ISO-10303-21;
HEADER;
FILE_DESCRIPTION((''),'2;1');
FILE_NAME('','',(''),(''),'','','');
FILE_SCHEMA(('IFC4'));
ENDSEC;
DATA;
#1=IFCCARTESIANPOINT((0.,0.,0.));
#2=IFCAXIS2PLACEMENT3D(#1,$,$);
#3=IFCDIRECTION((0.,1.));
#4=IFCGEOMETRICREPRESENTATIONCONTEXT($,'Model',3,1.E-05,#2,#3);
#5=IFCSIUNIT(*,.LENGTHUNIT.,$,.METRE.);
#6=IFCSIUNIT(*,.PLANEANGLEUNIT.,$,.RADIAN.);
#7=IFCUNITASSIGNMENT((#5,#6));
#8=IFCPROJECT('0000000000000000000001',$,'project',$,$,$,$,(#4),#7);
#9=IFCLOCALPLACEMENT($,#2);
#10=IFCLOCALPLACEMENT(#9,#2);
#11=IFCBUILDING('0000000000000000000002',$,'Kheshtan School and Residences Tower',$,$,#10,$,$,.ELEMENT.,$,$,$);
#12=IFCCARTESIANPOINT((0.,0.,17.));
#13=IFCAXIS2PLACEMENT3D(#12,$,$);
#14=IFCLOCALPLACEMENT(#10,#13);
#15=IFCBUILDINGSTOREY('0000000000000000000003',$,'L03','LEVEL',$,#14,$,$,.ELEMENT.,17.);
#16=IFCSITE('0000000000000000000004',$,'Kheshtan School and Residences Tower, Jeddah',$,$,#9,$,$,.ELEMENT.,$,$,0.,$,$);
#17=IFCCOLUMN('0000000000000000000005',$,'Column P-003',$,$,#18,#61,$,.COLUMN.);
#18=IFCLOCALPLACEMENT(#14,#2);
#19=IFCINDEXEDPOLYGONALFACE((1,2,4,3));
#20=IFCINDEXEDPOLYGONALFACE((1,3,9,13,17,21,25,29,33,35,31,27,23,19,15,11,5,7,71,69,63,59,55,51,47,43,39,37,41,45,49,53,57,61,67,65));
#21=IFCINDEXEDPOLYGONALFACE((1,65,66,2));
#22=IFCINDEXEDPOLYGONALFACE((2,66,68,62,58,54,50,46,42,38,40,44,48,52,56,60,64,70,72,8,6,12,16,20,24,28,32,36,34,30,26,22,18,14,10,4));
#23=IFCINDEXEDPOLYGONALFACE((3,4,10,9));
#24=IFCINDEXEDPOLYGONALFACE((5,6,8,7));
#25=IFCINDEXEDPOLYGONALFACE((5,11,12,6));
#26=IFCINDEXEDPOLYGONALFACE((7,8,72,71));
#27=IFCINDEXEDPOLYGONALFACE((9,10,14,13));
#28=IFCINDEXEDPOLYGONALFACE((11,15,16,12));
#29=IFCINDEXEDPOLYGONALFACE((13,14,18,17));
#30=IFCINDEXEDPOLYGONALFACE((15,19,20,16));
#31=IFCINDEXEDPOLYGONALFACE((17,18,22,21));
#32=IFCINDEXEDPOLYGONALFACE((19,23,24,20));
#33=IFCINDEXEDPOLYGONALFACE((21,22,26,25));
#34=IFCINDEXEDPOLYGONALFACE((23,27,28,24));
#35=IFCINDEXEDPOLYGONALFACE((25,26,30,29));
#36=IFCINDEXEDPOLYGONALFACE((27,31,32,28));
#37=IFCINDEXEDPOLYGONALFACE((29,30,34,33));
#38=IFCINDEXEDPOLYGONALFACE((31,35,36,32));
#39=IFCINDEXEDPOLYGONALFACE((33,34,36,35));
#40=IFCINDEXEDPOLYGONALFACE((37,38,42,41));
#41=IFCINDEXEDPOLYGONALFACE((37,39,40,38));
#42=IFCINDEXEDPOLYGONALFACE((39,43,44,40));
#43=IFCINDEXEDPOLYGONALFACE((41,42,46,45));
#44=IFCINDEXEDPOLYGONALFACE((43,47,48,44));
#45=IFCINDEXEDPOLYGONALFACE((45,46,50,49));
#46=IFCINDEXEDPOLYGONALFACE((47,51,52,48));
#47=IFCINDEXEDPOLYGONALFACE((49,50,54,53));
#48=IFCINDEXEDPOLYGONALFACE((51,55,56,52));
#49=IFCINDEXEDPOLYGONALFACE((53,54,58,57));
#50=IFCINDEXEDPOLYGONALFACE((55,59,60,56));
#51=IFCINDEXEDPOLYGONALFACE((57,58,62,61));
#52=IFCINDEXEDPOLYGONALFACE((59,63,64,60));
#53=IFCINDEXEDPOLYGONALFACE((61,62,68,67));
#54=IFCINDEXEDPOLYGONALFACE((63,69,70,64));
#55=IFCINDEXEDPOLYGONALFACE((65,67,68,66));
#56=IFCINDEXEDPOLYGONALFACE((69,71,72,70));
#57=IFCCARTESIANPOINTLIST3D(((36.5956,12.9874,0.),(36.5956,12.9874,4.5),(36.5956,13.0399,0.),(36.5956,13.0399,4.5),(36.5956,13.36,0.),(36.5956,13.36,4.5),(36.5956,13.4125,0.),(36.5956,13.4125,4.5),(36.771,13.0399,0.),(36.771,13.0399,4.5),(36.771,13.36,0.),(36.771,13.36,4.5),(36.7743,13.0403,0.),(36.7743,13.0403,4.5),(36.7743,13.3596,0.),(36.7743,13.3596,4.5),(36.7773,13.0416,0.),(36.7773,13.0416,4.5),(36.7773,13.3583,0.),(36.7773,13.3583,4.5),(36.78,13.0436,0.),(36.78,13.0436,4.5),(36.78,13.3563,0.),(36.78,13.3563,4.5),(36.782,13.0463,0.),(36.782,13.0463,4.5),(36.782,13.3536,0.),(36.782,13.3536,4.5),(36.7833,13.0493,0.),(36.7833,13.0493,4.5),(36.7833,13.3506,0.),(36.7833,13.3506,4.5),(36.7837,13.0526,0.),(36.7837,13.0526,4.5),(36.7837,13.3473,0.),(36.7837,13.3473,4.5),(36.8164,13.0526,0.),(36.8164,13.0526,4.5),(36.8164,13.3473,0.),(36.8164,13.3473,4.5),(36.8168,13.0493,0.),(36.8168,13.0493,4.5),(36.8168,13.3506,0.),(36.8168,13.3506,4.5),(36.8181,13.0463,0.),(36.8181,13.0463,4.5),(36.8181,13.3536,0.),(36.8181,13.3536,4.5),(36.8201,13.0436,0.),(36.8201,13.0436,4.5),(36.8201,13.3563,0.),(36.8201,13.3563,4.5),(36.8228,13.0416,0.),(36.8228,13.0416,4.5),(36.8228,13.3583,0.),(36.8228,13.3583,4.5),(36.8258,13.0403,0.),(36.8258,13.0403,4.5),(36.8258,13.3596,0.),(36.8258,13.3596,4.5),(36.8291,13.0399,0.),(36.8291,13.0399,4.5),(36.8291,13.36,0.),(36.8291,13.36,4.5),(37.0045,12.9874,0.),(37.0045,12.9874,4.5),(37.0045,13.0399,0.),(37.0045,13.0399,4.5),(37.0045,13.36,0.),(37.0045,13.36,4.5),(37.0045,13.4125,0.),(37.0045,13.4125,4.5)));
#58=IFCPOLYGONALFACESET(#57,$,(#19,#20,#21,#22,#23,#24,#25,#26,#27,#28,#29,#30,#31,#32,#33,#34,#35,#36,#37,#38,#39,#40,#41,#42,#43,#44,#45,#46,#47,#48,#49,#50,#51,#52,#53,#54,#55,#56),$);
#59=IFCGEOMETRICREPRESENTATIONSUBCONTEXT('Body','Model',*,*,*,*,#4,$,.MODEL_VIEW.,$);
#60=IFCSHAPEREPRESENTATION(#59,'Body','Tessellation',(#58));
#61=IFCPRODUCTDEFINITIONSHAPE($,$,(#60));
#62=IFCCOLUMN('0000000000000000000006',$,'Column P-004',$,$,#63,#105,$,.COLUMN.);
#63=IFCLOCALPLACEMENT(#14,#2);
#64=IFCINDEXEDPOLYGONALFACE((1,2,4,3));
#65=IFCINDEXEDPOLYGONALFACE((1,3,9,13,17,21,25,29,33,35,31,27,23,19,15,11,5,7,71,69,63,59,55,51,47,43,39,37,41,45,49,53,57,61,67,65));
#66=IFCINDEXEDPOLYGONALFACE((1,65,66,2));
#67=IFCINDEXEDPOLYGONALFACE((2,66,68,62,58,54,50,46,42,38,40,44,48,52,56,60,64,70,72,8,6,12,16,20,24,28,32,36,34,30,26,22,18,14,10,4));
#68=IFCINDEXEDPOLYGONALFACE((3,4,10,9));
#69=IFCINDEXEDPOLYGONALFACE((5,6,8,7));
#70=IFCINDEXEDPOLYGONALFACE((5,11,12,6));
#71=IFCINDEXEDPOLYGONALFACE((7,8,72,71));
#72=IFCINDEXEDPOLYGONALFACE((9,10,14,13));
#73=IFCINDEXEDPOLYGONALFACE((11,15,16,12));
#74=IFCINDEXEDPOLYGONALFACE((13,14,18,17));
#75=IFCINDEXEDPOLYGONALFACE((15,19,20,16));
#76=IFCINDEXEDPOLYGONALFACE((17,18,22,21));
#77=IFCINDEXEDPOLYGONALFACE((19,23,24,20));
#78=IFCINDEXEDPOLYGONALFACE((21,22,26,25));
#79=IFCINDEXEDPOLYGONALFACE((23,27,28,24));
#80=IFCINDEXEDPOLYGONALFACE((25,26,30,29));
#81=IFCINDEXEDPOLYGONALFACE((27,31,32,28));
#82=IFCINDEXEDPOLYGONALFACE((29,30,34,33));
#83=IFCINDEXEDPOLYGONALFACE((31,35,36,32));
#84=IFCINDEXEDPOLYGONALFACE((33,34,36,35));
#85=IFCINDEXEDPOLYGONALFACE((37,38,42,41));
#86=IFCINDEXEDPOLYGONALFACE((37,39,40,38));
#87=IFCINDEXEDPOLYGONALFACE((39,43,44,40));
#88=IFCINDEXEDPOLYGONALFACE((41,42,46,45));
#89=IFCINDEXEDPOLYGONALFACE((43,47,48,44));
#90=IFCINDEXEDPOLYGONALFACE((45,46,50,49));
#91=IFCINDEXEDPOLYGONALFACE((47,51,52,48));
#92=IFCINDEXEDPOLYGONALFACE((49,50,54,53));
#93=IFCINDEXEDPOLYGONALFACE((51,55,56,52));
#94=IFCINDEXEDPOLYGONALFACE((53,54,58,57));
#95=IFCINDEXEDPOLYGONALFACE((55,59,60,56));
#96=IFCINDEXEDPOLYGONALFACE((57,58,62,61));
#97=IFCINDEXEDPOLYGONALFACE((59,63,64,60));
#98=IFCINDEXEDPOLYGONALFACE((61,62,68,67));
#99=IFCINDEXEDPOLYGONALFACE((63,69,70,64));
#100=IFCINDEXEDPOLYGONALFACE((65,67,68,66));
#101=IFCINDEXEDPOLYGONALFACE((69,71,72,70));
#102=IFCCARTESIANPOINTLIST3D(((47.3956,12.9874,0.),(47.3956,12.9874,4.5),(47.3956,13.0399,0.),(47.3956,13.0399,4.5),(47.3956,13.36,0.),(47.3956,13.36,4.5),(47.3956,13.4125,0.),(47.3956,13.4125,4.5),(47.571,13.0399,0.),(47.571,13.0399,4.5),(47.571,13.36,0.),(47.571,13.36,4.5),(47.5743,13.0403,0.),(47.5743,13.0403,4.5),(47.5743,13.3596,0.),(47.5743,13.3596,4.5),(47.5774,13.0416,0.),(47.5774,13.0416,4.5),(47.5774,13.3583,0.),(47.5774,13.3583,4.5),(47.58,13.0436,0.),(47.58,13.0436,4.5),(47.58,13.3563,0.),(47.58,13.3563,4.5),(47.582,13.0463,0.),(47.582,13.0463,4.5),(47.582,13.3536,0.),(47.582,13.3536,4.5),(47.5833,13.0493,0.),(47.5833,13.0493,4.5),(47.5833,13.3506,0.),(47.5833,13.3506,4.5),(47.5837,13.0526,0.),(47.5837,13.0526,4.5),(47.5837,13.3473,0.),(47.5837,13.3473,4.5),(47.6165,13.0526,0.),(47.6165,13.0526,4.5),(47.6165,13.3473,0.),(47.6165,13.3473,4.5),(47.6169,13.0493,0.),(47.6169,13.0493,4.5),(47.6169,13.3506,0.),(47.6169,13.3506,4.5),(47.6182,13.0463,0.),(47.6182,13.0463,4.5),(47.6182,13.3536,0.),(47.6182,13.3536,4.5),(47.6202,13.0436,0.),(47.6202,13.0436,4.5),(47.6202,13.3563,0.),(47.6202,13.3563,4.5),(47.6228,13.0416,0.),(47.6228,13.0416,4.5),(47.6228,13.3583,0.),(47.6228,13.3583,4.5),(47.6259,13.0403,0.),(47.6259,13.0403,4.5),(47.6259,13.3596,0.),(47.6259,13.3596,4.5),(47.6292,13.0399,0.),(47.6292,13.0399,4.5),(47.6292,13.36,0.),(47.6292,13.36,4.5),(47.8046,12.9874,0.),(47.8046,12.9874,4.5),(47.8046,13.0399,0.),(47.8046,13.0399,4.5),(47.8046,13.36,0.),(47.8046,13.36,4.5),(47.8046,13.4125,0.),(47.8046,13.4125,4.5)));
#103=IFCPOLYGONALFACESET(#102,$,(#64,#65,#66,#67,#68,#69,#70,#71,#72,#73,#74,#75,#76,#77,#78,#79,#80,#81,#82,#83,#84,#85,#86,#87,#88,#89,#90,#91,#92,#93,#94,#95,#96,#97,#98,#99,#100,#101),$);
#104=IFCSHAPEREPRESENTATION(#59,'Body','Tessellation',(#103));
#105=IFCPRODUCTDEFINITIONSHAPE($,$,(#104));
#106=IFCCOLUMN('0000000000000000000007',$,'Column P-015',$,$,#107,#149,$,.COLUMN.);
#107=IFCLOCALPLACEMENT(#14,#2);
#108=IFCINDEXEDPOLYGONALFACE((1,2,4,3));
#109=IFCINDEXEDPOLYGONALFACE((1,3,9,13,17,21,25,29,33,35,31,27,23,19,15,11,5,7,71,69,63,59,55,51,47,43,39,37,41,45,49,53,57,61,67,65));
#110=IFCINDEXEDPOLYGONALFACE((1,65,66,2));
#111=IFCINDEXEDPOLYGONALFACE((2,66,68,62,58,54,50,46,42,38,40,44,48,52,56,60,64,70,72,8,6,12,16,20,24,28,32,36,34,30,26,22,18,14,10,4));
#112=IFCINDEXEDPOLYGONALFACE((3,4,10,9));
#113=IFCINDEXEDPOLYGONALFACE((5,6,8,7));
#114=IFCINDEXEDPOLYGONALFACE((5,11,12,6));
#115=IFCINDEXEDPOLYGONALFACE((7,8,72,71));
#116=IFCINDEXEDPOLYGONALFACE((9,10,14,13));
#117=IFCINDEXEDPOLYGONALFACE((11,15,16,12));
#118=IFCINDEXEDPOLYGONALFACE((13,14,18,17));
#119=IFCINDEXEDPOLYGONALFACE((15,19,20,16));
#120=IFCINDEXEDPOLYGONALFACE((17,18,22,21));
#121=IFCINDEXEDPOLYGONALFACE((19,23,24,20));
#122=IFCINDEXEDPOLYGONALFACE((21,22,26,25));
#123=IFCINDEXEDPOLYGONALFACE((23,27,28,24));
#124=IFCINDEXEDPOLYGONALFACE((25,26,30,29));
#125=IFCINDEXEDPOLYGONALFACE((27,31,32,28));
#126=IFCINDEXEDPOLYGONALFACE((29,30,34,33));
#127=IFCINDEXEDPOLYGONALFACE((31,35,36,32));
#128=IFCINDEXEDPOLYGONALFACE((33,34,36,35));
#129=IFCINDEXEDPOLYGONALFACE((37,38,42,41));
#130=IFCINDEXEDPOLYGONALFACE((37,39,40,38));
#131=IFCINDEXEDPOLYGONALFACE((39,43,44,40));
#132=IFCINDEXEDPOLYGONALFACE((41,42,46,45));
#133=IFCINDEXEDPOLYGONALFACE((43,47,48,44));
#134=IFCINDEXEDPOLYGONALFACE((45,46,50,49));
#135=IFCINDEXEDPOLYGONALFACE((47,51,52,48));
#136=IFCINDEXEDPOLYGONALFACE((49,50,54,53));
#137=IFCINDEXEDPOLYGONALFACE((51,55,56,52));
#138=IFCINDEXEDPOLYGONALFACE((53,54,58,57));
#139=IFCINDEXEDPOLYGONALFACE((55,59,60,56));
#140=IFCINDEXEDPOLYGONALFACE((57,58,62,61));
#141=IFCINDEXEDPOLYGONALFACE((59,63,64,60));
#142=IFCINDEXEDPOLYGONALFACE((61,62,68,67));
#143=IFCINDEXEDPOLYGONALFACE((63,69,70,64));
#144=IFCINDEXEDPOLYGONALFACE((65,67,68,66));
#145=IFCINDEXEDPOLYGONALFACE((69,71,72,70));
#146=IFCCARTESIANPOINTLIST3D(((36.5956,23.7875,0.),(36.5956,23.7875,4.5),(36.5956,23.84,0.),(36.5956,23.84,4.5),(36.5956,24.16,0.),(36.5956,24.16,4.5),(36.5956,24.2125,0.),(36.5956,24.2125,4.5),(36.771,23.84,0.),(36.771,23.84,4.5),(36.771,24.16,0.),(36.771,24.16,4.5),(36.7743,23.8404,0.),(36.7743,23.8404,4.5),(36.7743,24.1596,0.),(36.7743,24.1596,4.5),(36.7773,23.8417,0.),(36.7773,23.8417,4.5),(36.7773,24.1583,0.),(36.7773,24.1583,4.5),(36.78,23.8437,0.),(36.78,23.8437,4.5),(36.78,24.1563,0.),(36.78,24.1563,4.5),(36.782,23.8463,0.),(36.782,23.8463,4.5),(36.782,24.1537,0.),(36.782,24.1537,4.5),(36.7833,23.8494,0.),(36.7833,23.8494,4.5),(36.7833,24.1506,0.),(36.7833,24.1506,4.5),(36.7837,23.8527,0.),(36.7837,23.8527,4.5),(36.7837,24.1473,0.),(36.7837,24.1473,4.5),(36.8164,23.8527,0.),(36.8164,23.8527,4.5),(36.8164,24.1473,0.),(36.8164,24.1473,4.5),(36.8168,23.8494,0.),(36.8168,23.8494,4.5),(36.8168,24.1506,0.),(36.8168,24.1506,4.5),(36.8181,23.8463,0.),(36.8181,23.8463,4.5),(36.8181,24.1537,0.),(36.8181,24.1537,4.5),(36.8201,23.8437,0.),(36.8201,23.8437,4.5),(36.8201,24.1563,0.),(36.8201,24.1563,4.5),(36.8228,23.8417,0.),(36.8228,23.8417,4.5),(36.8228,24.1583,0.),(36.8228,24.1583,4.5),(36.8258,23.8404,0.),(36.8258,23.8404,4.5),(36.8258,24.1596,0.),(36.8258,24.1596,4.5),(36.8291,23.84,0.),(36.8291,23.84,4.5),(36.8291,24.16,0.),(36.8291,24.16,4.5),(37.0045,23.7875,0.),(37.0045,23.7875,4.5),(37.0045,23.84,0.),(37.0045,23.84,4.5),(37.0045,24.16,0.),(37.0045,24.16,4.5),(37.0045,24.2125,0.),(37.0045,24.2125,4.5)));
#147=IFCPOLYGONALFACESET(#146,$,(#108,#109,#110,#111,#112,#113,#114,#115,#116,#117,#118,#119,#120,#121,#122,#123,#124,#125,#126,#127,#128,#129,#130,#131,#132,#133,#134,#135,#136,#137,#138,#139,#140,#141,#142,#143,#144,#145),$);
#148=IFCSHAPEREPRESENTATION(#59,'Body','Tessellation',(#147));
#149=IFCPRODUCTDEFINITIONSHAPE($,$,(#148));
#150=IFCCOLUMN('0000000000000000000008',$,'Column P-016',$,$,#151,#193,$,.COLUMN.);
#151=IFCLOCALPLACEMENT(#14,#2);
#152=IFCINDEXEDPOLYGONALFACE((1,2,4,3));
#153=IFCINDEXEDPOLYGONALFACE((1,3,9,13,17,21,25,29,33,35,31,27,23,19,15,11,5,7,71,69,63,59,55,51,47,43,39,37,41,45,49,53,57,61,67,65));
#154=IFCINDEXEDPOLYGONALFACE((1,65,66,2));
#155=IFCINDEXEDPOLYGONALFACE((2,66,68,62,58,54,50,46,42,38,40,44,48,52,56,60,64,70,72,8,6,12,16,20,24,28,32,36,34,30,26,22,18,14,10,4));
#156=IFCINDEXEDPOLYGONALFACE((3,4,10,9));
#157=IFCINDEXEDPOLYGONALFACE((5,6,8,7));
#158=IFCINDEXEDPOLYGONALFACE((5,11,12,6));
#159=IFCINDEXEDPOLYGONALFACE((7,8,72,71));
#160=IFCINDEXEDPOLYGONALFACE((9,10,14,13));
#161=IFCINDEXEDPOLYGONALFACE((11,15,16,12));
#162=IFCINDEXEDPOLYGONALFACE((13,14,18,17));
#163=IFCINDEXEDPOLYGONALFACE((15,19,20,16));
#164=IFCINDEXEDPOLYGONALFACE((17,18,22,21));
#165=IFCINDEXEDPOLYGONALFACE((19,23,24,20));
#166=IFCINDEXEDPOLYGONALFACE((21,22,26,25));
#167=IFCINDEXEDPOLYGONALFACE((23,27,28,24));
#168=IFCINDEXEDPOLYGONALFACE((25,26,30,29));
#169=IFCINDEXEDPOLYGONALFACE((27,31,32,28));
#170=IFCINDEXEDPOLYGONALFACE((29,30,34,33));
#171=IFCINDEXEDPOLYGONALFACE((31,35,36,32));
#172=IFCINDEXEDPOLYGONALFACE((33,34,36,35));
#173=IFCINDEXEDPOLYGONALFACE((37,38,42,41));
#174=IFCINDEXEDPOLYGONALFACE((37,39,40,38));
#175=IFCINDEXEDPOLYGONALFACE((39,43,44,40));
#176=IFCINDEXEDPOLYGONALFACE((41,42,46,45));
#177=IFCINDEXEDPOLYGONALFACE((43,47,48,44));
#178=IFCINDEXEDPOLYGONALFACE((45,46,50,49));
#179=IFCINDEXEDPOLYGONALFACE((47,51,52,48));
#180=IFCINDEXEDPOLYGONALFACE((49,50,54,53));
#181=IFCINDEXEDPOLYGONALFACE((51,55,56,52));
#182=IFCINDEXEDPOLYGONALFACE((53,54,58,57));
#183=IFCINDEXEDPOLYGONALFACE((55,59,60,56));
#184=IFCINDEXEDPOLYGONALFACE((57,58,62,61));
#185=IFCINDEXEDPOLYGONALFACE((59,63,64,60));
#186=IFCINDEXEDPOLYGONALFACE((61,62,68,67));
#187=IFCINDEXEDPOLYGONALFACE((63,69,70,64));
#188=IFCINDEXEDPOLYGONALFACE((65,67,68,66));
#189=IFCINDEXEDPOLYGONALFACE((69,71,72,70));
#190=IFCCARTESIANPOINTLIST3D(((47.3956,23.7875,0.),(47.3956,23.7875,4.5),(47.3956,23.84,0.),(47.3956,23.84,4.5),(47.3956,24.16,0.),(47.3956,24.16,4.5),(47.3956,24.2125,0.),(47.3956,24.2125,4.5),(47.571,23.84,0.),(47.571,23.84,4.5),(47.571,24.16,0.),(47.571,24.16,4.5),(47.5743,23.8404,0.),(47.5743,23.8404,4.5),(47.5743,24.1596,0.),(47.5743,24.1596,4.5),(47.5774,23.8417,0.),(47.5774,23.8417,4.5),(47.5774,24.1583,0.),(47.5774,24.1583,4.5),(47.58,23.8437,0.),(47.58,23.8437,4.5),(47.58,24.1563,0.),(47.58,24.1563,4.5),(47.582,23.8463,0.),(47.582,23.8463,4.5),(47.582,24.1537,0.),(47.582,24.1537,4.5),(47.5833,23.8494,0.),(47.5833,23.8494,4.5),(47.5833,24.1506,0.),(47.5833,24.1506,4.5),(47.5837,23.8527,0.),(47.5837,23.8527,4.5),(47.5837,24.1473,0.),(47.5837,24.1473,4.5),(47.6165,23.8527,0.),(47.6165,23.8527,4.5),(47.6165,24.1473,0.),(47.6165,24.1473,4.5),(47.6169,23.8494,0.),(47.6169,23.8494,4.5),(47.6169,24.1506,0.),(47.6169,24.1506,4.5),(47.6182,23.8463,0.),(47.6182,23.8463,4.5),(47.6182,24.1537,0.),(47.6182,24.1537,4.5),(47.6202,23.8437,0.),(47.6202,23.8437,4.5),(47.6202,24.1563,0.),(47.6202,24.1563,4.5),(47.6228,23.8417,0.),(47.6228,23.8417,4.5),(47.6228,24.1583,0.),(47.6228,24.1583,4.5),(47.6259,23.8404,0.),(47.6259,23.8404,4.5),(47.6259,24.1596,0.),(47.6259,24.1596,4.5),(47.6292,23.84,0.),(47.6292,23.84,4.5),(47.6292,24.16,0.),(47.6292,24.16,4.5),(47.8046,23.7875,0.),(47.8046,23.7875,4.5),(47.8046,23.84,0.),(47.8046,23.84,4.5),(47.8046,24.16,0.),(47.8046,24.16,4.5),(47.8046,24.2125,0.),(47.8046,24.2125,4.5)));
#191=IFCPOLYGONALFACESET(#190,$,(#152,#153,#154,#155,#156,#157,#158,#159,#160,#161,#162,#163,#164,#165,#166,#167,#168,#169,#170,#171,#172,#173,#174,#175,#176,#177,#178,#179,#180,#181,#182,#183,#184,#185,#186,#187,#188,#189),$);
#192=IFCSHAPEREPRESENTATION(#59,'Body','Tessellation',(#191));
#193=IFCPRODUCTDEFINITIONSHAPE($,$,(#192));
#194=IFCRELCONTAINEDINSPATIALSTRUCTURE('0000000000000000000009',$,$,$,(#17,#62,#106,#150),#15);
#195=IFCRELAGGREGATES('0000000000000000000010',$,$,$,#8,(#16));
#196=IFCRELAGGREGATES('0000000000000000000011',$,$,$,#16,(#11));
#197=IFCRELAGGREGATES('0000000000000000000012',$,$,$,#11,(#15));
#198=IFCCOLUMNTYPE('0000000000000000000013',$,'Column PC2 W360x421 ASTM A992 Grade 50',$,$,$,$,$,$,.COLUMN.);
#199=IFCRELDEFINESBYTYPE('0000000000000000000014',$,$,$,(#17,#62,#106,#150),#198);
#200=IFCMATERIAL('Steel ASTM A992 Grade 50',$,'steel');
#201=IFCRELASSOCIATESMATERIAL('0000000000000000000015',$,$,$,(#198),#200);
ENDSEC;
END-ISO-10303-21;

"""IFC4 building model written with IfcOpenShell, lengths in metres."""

from ifc_helpers import new_model, si_unit, direction, frame, origin, origin_2d, place, context, subcontext, project, spatial, i_section, extrude, material, material_profile, profile_set, type_object, element, save


model = new_model("IFC4")

# Units and contexts
model_context = context("Model", 3, precision=1e-05, world=origin(), true_north=direction((0.0, 1.0)))
body_context = subcontext(model_context, "Body", "Model", "MODEL_VIEW")
ifc_project = project(units=[si_unit("LENGTHUNIT", "METRE"), si_unit("PLANEANGLEUNIT", "RADIAN")], contexts=[model_context])

# Site, building, storey
site_placement = place(None, origin())
site = spatial("IfcSite", under=ifc_project, at=site_placement, Name="Kheshtan School and Residences Tower, Jeddah", CompositionType="ELEMENT", RefElevation=0.0)
building_placement = place(site_placement, origin())
building = spatial("IfcBuilding", under=site, at=building_placement, Name="Kheshtan School and Residences Tower", CompositionType="ELEMENT")
storey_placement = place(building_placement, frame((0.0, 0.0, 17.0)))
storey = spatial("IfcBuildingStorey", under=building, at=storey_placement, Name="L03", Description="LEVEL", CompositionType="ELEMENT", Elevation=17.0)

# Columns
ifc_material_1 = material(Name="Steel ASTM A992 Grade 50", Category="steel")
ifc_material_profile_1 = material_profile(ifc_material_1, i_section(OverallWidth=0.4089, OverallDepth=0.425, WebThickness=0.0327, FlangeThickness=0.0525, FilletRadius=0.0127, at=origin_2d()), Name="W360x421")
ifc_profile_set_1 = profile_set([ifc_material_profile_1], Name="Steel ASTM A992 Grade 50")
column_type = type_object("IfcColumnType", Name="Column PC2 W360x421 ASTM A992 Grade 50", PredefinedType="COLUMN", material=ifc_profile_set_1)
for number, where, z_axis, x_axis, name in (
    (1, (36.8, 13.2, 0.0), (0.0, 0.0, 1.0), (1.0, 0.0, 0.0), "Column P-003"),
    (2, (47.6001, 13.2, 0.0), (0.0, 0.0, 1.0), (1.0, 0.0, 0.0), "Column P-004"),
    (3, (36.8, 24.0, 0.0), (0.0, 0.0, 1.0), (1.0, 0.0, 0.0), "Column P-015"),
    (4, (47.6001, 24.0, 0.0), (0.0, 0.0, 1.0), (1.0, 0.0, 0.0), "Column P-016"),
):
    element("IfcColumn", number, at=place(storey_placement, frame(where, z_axis=z_axis, x_axis=x_axis)), inside=storey, type_object=column_type, Name=name, PredefinedType="COLUMN", context=body_context, shape_type="SweptSolid", body=[
        extrude(i_section(OverallWidth=0.4089, OverallDepth=0.425, WebThickness=0.0327, FlangeThickness=0.0525, FilletRadius=0.0127, at=origin_2d()), origin(), (0.0, 0.0, 1.0), 4.5),
    ])

save(model, "model.ifc")
